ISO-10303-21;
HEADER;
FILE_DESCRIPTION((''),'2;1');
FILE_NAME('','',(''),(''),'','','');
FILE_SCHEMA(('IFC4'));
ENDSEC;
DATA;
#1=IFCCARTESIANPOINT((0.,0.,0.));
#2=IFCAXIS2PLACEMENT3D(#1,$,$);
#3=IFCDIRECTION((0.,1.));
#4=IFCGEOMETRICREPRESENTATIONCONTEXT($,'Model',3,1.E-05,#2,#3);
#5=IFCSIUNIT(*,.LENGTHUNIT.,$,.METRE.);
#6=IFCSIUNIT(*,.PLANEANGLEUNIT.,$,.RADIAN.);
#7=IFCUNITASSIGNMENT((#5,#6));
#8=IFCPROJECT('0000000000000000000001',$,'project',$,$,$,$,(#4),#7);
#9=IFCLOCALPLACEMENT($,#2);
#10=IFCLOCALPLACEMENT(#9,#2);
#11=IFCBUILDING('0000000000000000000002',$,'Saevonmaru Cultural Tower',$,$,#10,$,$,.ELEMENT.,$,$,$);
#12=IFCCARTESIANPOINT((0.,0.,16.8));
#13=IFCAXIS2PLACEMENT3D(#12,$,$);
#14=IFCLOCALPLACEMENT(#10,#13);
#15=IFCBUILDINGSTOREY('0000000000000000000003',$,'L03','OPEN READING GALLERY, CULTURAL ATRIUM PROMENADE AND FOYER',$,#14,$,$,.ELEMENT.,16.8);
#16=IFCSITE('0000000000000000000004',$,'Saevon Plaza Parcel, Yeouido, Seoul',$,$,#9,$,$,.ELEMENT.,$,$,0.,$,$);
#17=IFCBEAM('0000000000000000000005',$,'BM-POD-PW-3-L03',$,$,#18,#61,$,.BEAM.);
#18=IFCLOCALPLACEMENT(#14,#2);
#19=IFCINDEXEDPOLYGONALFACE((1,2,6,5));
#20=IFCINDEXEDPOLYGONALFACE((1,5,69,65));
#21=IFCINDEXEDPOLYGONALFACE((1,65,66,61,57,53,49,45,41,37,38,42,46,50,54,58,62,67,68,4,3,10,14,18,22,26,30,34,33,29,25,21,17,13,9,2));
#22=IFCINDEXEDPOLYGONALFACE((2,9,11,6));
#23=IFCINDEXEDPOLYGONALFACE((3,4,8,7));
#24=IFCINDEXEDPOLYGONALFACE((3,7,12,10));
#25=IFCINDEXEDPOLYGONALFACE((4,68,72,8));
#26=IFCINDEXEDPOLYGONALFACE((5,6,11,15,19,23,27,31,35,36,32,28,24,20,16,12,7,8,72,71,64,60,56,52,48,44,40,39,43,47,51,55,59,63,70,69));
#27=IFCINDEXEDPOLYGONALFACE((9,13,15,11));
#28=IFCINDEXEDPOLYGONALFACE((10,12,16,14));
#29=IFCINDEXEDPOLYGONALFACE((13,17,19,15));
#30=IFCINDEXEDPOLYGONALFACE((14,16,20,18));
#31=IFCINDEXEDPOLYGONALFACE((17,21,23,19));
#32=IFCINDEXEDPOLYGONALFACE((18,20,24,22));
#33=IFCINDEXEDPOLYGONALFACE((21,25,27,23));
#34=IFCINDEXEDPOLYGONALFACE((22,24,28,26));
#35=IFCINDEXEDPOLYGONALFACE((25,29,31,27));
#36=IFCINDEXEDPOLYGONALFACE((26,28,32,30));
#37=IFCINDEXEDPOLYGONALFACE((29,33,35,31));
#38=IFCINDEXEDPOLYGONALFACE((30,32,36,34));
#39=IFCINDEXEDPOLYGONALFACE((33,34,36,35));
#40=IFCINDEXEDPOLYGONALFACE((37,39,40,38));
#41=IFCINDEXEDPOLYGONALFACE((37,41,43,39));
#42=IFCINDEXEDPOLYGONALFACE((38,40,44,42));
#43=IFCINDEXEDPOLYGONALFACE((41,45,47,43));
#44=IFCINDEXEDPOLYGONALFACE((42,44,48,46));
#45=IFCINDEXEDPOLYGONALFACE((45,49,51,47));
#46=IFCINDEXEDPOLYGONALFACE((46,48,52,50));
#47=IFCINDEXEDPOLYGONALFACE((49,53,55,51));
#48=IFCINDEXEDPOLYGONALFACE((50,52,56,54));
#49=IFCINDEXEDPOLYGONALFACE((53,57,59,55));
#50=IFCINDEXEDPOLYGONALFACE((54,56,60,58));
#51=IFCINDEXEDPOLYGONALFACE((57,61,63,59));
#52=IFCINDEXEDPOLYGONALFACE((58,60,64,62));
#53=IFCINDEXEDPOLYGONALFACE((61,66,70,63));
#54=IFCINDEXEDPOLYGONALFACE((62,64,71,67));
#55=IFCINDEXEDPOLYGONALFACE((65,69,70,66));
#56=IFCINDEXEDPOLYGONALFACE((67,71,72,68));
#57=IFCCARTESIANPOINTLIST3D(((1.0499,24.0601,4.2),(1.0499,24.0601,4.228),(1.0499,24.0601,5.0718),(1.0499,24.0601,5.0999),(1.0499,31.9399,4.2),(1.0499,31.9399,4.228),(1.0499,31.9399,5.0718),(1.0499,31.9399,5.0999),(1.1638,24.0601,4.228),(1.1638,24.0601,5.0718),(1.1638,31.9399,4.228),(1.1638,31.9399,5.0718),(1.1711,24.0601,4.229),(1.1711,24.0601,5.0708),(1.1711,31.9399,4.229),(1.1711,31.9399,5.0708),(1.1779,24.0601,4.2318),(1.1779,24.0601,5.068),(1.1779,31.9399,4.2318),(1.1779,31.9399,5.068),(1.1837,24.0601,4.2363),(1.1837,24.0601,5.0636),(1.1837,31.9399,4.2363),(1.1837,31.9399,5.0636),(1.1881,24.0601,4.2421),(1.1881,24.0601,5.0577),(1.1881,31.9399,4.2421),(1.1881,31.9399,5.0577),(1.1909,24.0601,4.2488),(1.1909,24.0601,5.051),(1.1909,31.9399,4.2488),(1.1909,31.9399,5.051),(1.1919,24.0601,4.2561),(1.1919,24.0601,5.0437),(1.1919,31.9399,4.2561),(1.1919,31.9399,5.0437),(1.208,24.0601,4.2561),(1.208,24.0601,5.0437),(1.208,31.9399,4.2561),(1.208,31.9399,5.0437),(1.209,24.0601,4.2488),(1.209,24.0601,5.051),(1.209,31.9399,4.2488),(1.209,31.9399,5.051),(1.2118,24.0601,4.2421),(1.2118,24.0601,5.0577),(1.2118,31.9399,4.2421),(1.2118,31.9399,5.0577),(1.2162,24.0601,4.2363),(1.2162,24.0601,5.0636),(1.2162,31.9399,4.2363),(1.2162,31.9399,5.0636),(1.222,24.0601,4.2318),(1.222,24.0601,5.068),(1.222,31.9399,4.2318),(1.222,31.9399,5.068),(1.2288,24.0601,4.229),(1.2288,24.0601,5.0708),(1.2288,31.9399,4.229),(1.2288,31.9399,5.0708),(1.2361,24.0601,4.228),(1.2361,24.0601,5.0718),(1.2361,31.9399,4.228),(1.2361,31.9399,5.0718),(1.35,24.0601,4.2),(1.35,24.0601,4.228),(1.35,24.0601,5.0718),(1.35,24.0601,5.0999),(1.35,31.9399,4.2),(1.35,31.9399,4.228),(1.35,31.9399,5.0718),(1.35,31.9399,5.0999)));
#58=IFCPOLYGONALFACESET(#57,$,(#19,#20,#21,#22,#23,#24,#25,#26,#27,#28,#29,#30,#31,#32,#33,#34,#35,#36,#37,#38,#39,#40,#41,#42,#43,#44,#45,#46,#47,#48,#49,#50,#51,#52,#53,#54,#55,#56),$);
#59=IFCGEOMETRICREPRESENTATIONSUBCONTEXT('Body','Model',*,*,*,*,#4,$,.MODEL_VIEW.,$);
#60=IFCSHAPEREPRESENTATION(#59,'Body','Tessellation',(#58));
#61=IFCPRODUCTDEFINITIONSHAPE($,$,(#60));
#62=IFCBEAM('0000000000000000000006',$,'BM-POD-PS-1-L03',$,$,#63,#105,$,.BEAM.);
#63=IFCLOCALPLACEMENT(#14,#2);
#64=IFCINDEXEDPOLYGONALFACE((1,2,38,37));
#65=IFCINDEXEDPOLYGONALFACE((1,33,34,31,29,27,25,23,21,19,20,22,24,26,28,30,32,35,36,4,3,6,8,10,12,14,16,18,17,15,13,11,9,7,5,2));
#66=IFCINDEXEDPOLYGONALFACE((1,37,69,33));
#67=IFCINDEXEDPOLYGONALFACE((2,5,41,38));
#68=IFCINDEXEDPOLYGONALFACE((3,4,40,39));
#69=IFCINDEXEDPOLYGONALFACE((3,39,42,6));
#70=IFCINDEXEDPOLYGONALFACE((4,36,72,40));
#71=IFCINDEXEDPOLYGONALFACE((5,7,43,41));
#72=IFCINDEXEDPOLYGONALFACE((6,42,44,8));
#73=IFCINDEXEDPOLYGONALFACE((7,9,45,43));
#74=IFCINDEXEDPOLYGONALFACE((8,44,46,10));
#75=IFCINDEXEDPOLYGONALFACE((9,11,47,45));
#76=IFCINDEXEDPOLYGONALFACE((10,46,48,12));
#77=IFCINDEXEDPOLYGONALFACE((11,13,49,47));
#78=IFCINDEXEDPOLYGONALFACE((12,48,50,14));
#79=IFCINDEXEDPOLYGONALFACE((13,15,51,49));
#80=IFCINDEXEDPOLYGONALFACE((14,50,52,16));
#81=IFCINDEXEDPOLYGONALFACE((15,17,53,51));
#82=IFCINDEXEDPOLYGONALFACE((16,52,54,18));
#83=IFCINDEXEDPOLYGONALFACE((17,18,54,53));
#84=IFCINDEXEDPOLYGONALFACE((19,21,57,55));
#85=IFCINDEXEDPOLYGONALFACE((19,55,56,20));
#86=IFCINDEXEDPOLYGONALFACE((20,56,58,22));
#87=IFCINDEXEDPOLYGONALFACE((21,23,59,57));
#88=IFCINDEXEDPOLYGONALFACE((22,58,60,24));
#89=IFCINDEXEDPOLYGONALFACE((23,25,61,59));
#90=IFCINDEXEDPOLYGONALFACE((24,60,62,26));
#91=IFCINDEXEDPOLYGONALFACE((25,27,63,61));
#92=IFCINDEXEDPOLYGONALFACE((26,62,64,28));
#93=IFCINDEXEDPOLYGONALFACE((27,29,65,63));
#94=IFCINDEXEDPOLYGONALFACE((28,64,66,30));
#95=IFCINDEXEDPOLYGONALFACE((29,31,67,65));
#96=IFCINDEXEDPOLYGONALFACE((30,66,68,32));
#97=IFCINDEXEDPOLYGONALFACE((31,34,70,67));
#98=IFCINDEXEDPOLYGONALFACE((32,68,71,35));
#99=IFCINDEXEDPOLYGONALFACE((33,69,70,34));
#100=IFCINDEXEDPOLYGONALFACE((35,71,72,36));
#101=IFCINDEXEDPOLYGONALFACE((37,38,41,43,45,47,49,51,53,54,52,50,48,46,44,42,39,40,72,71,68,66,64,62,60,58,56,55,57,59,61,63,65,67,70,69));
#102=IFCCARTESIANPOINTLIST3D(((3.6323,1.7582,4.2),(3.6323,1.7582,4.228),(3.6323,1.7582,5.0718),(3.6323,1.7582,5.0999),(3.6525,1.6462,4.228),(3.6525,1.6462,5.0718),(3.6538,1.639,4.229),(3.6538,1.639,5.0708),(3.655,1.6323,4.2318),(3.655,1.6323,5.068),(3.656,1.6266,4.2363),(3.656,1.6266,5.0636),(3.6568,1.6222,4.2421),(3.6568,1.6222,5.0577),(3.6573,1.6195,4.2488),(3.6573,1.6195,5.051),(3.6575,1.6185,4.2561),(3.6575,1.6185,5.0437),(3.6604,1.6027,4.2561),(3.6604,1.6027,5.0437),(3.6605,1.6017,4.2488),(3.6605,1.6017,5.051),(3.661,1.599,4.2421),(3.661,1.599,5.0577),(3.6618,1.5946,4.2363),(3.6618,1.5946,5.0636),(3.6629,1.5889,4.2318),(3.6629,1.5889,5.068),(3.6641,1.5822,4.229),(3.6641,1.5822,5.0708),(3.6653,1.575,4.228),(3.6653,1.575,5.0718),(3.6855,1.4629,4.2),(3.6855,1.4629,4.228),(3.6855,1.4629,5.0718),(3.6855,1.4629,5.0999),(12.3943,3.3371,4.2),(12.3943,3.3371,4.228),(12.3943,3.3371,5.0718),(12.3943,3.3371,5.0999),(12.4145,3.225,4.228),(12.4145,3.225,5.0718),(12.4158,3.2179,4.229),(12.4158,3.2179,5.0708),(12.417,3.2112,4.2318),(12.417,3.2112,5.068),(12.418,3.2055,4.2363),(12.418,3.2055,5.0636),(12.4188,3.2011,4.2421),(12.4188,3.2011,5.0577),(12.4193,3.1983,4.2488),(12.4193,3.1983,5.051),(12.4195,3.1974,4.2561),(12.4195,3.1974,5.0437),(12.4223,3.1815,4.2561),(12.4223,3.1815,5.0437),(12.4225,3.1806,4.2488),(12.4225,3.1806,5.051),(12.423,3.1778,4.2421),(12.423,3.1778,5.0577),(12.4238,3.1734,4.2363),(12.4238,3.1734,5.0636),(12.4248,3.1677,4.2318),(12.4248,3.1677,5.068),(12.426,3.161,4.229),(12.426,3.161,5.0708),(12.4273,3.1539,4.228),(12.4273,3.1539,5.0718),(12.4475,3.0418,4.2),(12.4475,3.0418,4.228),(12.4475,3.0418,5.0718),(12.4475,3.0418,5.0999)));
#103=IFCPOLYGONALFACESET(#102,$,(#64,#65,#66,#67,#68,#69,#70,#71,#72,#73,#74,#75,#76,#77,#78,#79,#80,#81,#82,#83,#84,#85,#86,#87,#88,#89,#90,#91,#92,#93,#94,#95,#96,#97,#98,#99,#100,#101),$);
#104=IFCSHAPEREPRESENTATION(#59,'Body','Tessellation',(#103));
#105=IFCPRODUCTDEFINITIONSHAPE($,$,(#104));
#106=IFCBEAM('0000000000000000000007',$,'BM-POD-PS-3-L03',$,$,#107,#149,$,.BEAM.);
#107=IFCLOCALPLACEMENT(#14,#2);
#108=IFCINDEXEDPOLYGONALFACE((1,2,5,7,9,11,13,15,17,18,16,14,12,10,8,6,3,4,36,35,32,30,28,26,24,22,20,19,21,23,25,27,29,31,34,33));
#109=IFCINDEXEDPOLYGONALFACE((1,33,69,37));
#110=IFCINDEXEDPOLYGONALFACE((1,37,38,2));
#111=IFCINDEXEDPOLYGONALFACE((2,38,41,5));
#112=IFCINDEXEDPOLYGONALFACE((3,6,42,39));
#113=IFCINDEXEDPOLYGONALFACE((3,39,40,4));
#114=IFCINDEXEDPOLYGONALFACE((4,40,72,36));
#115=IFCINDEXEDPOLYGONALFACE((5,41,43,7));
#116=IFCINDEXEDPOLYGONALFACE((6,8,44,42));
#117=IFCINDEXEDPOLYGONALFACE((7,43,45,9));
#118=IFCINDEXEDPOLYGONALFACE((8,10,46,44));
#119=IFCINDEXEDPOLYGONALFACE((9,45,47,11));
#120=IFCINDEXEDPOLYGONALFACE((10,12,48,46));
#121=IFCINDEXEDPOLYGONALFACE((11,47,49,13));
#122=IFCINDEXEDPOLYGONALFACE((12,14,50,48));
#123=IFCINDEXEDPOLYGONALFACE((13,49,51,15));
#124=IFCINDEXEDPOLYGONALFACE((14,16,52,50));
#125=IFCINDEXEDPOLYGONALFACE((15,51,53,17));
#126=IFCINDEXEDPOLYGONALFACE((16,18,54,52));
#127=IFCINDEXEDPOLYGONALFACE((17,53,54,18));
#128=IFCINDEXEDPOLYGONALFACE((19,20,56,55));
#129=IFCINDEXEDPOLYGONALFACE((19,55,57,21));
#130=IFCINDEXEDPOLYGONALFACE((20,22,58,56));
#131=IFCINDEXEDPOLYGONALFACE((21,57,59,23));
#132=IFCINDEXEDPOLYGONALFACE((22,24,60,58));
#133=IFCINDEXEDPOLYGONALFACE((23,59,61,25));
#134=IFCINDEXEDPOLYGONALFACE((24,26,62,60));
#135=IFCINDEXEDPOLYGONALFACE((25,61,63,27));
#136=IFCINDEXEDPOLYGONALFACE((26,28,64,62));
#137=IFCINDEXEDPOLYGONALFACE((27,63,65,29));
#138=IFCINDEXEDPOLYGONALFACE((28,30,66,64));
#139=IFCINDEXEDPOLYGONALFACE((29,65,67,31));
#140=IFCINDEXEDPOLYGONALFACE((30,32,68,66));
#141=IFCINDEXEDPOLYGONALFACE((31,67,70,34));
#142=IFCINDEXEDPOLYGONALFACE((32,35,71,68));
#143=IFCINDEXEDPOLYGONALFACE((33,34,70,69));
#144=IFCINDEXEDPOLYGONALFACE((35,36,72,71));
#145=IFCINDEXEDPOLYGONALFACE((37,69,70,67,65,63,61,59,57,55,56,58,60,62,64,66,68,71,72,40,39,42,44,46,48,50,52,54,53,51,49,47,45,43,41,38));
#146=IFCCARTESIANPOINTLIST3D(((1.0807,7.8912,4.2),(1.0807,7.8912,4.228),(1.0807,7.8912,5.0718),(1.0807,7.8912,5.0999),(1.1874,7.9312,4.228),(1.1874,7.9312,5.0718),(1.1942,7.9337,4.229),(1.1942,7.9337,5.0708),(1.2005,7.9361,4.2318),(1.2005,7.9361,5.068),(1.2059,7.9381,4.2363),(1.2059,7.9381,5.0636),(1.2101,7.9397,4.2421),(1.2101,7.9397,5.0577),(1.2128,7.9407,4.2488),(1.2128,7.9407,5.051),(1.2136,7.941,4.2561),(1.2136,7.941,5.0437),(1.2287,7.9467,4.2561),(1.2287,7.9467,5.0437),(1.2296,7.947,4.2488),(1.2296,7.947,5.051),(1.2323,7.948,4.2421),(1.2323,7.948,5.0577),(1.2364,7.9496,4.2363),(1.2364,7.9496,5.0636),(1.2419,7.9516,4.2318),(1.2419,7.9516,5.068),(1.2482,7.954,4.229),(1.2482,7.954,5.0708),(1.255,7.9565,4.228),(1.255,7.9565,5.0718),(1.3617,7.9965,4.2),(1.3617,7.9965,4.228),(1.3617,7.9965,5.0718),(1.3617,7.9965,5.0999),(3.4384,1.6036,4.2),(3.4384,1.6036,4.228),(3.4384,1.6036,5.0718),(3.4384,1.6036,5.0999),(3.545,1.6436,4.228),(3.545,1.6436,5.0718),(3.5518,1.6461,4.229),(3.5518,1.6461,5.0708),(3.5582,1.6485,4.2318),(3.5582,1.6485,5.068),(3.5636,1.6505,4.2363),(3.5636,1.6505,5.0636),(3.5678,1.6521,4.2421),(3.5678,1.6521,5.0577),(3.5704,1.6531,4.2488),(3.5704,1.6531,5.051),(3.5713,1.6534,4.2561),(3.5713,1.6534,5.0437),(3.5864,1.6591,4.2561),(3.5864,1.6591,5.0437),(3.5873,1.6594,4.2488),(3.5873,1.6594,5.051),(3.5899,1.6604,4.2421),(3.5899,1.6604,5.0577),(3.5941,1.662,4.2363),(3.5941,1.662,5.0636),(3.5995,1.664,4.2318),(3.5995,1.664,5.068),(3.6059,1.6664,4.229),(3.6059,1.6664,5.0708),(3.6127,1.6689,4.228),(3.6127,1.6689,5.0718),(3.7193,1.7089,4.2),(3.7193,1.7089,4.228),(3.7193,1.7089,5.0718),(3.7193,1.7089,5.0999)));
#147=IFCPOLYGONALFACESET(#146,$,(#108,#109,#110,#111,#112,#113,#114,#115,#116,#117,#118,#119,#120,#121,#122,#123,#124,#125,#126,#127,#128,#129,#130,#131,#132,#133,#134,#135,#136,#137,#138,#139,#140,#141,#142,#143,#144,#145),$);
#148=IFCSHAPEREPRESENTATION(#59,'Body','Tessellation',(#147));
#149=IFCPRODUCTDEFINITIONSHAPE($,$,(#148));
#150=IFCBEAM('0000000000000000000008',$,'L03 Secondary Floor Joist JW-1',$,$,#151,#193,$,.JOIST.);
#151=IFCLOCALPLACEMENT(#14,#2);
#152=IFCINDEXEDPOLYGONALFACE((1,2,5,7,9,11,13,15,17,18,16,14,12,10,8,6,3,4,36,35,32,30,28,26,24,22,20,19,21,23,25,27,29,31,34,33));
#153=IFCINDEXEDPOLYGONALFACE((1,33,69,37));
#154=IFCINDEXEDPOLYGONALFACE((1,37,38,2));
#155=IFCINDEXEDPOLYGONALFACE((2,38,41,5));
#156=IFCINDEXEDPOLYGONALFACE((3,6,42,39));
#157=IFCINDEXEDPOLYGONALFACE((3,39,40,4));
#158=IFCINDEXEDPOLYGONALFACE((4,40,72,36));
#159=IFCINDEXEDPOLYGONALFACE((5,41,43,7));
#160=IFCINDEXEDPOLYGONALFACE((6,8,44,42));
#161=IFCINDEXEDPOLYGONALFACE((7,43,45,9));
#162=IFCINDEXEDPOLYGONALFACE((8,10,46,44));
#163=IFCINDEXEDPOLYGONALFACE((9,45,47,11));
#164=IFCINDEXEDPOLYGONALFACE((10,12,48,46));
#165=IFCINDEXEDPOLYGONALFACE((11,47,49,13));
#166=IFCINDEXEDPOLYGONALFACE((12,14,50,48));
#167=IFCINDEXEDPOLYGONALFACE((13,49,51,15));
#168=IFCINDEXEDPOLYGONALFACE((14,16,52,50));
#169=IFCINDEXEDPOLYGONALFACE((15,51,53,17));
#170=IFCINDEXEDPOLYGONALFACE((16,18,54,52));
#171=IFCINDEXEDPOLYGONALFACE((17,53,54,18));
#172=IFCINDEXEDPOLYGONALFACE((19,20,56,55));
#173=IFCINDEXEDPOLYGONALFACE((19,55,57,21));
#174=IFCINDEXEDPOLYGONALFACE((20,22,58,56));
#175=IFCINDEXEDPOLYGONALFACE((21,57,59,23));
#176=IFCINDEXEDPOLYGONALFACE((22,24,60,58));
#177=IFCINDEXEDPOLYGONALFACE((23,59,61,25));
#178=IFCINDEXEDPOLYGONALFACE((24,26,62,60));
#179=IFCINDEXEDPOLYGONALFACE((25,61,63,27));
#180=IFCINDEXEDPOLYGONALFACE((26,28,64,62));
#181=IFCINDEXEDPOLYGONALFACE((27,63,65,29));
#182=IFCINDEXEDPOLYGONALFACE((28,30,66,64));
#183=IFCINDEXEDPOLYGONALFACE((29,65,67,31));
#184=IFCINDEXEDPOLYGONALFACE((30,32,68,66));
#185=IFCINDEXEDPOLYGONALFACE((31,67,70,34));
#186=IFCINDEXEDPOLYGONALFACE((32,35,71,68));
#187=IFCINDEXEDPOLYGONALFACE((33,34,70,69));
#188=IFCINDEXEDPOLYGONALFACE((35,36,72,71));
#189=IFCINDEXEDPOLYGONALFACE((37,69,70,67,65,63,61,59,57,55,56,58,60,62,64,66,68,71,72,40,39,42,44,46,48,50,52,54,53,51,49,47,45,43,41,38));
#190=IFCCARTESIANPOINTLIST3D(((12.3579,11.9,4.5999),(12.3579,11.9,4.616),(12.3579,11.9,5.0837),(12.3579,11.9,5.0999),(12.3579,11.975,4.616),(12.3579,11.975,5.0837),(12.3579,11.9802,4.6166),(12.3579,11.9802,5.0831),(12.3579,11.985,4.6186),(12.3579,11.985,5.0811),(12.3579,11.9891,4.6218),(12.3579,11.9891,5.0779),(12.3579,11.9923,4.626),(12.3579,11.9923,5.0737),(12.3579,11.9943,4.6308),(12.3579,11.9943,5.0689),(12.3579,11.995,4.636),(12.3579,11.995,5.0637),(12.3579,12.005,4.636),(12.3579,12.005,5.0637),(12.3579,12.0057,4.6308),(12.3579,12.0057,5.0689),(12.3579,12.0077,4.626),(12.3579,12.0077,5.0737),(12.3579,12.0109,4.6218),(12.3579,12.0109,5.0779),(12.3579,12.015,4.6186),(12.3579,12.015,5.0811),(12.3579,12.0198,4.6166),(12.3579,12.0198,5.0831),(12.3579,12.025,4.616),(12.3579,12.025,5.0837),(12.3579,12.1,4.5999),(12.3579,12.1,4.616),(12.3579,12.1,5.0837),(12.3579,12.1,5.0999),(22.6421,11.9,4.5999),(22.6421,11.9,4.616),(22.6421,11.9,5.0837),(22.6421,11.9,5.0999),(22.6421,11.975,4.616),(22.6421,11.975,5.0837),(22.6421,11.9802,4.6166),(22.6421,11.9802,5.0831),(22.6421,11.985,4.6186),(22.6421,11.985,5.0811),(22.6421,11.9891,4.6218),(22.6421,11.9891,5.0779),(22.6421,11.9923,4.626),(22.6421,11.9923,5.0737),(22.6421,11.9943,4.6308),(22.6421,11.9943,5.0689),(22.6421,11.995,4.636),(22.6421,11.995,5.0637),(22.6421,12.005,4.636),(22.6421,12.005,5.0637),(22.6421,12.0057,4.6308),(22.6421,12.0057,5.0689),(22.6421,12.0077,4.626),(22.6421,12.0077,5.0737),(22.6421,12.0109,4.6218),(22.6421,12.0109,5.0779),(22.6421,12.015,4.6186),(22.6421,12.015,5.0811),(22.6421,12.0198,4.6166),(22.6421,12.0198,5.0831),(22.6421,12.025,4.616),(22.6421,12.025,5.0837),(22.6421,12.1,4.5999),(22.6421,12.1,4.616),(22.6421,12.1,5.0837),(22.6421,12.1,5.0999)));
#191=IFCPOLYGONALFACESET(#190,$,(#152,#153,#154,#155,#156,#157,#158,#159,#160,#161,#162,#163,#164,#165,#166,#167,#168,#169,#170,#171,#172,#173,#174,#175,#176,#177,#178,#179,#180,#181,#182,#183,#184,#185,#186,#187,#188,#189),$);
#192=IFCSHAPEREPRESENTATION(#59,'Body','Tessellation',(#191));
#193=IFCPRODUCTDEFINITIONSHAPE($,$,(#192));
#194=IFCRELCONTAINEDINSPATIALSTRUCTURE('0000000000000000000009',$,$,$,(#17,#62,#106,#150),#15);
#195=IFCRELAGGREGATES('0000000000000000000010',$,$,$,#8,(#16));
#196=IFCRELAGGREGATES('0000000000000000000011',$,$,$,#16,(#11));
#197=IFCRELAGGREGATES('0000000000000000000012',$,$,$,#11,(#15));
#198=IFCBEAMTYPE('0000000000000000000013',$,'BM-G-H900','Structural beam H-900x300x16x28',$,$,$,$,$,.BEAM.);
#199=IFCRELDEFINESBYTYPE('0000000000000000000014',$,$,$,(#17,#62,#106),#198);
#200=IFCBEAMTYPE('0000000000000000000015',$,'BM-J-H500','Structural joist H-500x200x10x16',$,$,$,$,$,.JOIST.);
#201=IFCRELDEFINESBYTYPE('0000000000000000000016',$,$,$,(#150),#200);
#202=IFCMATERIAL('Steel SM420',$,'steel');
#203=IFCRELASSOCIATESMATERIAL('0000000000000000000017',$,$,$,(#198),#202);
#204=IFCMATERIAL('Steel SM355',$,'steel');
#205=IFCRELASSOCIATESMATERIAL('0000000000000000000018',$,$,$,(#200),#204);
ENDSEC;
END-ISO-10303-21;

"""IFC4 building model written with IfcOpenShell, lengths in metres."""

from ifc_helpers import new_model, si_unit, direction, frame, origin, origin_2d, place, context, subcontext, project, spatial, i_section, extrude, material, material_profile, profile_set, type_object, element, save


model = new_model("IFC4")

# Units and contexts
model_context = context("Model", 3, precision=1e-05, world=origin(), true_north=direction((0.0, 1.0)))
body_context = subcontext(model_context, "Body", "Model", "MODEL_VIEW")
ifc_project = project(units=[si_unit("LENGTHUNIT", "METRE"), si_unit("PLANEANGLEUNIT", "RADIAN")], contexts=[model_context])

# Site, building, storey
site_placement = place(None, origin())
site = spatial("IfcSite", under=ifc_project, at=site_placement, Name="Saevon Plaza Parcel, Yeouido, Seoul", CompositionType="ELEMENT", RefElevation=0.0)
building_placement = place(site_placement, origin())
building = spatial("IfcBuilding", under=site, at=building_placement, Name="Saevonmaru Cultural Tower", CompositionType="ELEMENT")
storey_placement = place(building_placement, frame((0.0, 0.0, 16.8)))
storey = spatial("IfcBuildingStorey", under=building, at=storey_placement, Name="L03", Description="OPEN READING GALLERY, CULTURAL ATRIUM PROMENADE AND FOYER", CompositionType="ELEMENT", Elevation=16.8)

# Shared definitions
ifc_material_1 = material(Name="Steel SM355", Category="steel")
ifc_material_2 = material(Name="Steel SM420", Category="steel")

# Beams
ifc_material_profile_1 = material_profile(ifc_material_2, i_section(OverallWidth=0.3, OverallDepth=0.8999, WebThickness=0.0161, FlangeThickness=0.0281, FilletRadius=0.0281, at=origin_2d()), Name="H-900x300x16x28")
ifc_profile_set_1 = profile_set([ifc_material_profile_1], Name="Steel SM420")
beam_type_1 = type_object("IfcBeamType", Name="BM-G-H900", Description="Structural beam H-900x300x16x28", PredefinedType="BEAM", material=ifc_profile_set_1)
for number, where, z_axis, x_axis, name in (
    (1, (1.2, 24.0601, 4.6499), (0.0, 1.0, 0.0), (-1.0, 0.0, 0.0), "BM-POD-PW-3-L03"),
):
    element("IfcBeam", number, at=place(storey_placement, frame(where, z_axis=z_axis, x_axis=x_axis)), inside=storey, type_object=beam_type_1, Name=name, PredefinedType="BEAM", context=body_context, shape_type="SweptSolid", body=[
        extrude(i_section(OverallWidth=0.3, OverallDepth=0.8999, WebThickness=0.0161, FlangeThickness=0.0281, FilletRadius=0.0281, at=origin_2d()), origin(), (0.0, 0.0, 1.0), 7.8799),
    ])
beam_1_placement = place(storey_placement, frame((3.6589, 1.6106, 4.6499), z_axis=(0.98415, 0.177338, 0.0), x_axis=(-0.177338, 0.98415, 0.0)))
element("IfcBeam", 2, at=beam_1_placement, inside=storey, type_object=beam_type_1, Name="BM-POD-PS-1-L03", PredefinedType="BEAM", context=body_context, shape_type="SweptSolid", body=[
    extrude(i_section(OverallWidth=0.3, OverallDepth=0.8999, WebThickness=0.0161, FlangeThickness=0.0281, FilletRadius=0.0281, at=origin_2d()), origin(), (0.0, 0.0, 1.0), 8.9031),
])
beam_2_placement = place(storey_placement, frame((3.5789, 1.6562, 4.6499), z_axis=(-0.3511, 0.936338, 0.0), x_axis=(-0.936338, -0.3511, 0.0)))
element("IfcBeam", 3, at=beam_2_placement, inside=storey, type_object=beam_type_1, Name="BM-POD-PS-3-L03", PredefinedType="BEAM", context=body_context, shape_type="SweptSolid", body=[
    extrude(i_section(OverallWidth=0.3, OverallDepth=0.8999, WebThickness=0.0161, FlangeThickness=0.0281, FilletRadius=0.0281, at=origin_2d()), origin(), (0.0, 0.0, 1.0), 6.7151),
])
ifc_material_profile_2 = material_profile(ifc_material_1, i_section(OverallWidth=0.2, OverallDepth=0.5, WebThickness=0.01, FlangeThickness=0.0161, FilletRadius=0.02, at=origin_2d()), Name="H-500x200x10x16")
ifc_profile_set_2 = profile_set([ifc_material_profile_2], Name="Steel SM355")
beam_type_2 = type_object("IfcBeamType", Name="BM-J-H500", Description="Structural joist H-500x200x10x16", PredefinedType="JOIST", material=ifc_profile_set_2)
beam_3_placement = place(storey_placement, frame((12.3579, 12.0, 4.8499), z_axis=(1.0, 0.0, 0.0), x_axis=(0.0, 1.0, 0.0)))
element("IfcBeam", 4, at=beam_3_placement, inside=storey, type_object=beam_type_2, Name="L03 Secondary Floor Joist JW-1", PredefinedType="JOIST", context=body_context, shape_type="SweptSolid", body=[
    extrude(i_section(OverallWidth=0.2, OverallDepth=0.5, WebThickness=0.01, FlangeThickness=0.0161, FilletRadius=0.02, at=origin_2d()), origin(), (0.0, 0.0, 1.0), 10.2842),
])

save(model, "model.ifc")
